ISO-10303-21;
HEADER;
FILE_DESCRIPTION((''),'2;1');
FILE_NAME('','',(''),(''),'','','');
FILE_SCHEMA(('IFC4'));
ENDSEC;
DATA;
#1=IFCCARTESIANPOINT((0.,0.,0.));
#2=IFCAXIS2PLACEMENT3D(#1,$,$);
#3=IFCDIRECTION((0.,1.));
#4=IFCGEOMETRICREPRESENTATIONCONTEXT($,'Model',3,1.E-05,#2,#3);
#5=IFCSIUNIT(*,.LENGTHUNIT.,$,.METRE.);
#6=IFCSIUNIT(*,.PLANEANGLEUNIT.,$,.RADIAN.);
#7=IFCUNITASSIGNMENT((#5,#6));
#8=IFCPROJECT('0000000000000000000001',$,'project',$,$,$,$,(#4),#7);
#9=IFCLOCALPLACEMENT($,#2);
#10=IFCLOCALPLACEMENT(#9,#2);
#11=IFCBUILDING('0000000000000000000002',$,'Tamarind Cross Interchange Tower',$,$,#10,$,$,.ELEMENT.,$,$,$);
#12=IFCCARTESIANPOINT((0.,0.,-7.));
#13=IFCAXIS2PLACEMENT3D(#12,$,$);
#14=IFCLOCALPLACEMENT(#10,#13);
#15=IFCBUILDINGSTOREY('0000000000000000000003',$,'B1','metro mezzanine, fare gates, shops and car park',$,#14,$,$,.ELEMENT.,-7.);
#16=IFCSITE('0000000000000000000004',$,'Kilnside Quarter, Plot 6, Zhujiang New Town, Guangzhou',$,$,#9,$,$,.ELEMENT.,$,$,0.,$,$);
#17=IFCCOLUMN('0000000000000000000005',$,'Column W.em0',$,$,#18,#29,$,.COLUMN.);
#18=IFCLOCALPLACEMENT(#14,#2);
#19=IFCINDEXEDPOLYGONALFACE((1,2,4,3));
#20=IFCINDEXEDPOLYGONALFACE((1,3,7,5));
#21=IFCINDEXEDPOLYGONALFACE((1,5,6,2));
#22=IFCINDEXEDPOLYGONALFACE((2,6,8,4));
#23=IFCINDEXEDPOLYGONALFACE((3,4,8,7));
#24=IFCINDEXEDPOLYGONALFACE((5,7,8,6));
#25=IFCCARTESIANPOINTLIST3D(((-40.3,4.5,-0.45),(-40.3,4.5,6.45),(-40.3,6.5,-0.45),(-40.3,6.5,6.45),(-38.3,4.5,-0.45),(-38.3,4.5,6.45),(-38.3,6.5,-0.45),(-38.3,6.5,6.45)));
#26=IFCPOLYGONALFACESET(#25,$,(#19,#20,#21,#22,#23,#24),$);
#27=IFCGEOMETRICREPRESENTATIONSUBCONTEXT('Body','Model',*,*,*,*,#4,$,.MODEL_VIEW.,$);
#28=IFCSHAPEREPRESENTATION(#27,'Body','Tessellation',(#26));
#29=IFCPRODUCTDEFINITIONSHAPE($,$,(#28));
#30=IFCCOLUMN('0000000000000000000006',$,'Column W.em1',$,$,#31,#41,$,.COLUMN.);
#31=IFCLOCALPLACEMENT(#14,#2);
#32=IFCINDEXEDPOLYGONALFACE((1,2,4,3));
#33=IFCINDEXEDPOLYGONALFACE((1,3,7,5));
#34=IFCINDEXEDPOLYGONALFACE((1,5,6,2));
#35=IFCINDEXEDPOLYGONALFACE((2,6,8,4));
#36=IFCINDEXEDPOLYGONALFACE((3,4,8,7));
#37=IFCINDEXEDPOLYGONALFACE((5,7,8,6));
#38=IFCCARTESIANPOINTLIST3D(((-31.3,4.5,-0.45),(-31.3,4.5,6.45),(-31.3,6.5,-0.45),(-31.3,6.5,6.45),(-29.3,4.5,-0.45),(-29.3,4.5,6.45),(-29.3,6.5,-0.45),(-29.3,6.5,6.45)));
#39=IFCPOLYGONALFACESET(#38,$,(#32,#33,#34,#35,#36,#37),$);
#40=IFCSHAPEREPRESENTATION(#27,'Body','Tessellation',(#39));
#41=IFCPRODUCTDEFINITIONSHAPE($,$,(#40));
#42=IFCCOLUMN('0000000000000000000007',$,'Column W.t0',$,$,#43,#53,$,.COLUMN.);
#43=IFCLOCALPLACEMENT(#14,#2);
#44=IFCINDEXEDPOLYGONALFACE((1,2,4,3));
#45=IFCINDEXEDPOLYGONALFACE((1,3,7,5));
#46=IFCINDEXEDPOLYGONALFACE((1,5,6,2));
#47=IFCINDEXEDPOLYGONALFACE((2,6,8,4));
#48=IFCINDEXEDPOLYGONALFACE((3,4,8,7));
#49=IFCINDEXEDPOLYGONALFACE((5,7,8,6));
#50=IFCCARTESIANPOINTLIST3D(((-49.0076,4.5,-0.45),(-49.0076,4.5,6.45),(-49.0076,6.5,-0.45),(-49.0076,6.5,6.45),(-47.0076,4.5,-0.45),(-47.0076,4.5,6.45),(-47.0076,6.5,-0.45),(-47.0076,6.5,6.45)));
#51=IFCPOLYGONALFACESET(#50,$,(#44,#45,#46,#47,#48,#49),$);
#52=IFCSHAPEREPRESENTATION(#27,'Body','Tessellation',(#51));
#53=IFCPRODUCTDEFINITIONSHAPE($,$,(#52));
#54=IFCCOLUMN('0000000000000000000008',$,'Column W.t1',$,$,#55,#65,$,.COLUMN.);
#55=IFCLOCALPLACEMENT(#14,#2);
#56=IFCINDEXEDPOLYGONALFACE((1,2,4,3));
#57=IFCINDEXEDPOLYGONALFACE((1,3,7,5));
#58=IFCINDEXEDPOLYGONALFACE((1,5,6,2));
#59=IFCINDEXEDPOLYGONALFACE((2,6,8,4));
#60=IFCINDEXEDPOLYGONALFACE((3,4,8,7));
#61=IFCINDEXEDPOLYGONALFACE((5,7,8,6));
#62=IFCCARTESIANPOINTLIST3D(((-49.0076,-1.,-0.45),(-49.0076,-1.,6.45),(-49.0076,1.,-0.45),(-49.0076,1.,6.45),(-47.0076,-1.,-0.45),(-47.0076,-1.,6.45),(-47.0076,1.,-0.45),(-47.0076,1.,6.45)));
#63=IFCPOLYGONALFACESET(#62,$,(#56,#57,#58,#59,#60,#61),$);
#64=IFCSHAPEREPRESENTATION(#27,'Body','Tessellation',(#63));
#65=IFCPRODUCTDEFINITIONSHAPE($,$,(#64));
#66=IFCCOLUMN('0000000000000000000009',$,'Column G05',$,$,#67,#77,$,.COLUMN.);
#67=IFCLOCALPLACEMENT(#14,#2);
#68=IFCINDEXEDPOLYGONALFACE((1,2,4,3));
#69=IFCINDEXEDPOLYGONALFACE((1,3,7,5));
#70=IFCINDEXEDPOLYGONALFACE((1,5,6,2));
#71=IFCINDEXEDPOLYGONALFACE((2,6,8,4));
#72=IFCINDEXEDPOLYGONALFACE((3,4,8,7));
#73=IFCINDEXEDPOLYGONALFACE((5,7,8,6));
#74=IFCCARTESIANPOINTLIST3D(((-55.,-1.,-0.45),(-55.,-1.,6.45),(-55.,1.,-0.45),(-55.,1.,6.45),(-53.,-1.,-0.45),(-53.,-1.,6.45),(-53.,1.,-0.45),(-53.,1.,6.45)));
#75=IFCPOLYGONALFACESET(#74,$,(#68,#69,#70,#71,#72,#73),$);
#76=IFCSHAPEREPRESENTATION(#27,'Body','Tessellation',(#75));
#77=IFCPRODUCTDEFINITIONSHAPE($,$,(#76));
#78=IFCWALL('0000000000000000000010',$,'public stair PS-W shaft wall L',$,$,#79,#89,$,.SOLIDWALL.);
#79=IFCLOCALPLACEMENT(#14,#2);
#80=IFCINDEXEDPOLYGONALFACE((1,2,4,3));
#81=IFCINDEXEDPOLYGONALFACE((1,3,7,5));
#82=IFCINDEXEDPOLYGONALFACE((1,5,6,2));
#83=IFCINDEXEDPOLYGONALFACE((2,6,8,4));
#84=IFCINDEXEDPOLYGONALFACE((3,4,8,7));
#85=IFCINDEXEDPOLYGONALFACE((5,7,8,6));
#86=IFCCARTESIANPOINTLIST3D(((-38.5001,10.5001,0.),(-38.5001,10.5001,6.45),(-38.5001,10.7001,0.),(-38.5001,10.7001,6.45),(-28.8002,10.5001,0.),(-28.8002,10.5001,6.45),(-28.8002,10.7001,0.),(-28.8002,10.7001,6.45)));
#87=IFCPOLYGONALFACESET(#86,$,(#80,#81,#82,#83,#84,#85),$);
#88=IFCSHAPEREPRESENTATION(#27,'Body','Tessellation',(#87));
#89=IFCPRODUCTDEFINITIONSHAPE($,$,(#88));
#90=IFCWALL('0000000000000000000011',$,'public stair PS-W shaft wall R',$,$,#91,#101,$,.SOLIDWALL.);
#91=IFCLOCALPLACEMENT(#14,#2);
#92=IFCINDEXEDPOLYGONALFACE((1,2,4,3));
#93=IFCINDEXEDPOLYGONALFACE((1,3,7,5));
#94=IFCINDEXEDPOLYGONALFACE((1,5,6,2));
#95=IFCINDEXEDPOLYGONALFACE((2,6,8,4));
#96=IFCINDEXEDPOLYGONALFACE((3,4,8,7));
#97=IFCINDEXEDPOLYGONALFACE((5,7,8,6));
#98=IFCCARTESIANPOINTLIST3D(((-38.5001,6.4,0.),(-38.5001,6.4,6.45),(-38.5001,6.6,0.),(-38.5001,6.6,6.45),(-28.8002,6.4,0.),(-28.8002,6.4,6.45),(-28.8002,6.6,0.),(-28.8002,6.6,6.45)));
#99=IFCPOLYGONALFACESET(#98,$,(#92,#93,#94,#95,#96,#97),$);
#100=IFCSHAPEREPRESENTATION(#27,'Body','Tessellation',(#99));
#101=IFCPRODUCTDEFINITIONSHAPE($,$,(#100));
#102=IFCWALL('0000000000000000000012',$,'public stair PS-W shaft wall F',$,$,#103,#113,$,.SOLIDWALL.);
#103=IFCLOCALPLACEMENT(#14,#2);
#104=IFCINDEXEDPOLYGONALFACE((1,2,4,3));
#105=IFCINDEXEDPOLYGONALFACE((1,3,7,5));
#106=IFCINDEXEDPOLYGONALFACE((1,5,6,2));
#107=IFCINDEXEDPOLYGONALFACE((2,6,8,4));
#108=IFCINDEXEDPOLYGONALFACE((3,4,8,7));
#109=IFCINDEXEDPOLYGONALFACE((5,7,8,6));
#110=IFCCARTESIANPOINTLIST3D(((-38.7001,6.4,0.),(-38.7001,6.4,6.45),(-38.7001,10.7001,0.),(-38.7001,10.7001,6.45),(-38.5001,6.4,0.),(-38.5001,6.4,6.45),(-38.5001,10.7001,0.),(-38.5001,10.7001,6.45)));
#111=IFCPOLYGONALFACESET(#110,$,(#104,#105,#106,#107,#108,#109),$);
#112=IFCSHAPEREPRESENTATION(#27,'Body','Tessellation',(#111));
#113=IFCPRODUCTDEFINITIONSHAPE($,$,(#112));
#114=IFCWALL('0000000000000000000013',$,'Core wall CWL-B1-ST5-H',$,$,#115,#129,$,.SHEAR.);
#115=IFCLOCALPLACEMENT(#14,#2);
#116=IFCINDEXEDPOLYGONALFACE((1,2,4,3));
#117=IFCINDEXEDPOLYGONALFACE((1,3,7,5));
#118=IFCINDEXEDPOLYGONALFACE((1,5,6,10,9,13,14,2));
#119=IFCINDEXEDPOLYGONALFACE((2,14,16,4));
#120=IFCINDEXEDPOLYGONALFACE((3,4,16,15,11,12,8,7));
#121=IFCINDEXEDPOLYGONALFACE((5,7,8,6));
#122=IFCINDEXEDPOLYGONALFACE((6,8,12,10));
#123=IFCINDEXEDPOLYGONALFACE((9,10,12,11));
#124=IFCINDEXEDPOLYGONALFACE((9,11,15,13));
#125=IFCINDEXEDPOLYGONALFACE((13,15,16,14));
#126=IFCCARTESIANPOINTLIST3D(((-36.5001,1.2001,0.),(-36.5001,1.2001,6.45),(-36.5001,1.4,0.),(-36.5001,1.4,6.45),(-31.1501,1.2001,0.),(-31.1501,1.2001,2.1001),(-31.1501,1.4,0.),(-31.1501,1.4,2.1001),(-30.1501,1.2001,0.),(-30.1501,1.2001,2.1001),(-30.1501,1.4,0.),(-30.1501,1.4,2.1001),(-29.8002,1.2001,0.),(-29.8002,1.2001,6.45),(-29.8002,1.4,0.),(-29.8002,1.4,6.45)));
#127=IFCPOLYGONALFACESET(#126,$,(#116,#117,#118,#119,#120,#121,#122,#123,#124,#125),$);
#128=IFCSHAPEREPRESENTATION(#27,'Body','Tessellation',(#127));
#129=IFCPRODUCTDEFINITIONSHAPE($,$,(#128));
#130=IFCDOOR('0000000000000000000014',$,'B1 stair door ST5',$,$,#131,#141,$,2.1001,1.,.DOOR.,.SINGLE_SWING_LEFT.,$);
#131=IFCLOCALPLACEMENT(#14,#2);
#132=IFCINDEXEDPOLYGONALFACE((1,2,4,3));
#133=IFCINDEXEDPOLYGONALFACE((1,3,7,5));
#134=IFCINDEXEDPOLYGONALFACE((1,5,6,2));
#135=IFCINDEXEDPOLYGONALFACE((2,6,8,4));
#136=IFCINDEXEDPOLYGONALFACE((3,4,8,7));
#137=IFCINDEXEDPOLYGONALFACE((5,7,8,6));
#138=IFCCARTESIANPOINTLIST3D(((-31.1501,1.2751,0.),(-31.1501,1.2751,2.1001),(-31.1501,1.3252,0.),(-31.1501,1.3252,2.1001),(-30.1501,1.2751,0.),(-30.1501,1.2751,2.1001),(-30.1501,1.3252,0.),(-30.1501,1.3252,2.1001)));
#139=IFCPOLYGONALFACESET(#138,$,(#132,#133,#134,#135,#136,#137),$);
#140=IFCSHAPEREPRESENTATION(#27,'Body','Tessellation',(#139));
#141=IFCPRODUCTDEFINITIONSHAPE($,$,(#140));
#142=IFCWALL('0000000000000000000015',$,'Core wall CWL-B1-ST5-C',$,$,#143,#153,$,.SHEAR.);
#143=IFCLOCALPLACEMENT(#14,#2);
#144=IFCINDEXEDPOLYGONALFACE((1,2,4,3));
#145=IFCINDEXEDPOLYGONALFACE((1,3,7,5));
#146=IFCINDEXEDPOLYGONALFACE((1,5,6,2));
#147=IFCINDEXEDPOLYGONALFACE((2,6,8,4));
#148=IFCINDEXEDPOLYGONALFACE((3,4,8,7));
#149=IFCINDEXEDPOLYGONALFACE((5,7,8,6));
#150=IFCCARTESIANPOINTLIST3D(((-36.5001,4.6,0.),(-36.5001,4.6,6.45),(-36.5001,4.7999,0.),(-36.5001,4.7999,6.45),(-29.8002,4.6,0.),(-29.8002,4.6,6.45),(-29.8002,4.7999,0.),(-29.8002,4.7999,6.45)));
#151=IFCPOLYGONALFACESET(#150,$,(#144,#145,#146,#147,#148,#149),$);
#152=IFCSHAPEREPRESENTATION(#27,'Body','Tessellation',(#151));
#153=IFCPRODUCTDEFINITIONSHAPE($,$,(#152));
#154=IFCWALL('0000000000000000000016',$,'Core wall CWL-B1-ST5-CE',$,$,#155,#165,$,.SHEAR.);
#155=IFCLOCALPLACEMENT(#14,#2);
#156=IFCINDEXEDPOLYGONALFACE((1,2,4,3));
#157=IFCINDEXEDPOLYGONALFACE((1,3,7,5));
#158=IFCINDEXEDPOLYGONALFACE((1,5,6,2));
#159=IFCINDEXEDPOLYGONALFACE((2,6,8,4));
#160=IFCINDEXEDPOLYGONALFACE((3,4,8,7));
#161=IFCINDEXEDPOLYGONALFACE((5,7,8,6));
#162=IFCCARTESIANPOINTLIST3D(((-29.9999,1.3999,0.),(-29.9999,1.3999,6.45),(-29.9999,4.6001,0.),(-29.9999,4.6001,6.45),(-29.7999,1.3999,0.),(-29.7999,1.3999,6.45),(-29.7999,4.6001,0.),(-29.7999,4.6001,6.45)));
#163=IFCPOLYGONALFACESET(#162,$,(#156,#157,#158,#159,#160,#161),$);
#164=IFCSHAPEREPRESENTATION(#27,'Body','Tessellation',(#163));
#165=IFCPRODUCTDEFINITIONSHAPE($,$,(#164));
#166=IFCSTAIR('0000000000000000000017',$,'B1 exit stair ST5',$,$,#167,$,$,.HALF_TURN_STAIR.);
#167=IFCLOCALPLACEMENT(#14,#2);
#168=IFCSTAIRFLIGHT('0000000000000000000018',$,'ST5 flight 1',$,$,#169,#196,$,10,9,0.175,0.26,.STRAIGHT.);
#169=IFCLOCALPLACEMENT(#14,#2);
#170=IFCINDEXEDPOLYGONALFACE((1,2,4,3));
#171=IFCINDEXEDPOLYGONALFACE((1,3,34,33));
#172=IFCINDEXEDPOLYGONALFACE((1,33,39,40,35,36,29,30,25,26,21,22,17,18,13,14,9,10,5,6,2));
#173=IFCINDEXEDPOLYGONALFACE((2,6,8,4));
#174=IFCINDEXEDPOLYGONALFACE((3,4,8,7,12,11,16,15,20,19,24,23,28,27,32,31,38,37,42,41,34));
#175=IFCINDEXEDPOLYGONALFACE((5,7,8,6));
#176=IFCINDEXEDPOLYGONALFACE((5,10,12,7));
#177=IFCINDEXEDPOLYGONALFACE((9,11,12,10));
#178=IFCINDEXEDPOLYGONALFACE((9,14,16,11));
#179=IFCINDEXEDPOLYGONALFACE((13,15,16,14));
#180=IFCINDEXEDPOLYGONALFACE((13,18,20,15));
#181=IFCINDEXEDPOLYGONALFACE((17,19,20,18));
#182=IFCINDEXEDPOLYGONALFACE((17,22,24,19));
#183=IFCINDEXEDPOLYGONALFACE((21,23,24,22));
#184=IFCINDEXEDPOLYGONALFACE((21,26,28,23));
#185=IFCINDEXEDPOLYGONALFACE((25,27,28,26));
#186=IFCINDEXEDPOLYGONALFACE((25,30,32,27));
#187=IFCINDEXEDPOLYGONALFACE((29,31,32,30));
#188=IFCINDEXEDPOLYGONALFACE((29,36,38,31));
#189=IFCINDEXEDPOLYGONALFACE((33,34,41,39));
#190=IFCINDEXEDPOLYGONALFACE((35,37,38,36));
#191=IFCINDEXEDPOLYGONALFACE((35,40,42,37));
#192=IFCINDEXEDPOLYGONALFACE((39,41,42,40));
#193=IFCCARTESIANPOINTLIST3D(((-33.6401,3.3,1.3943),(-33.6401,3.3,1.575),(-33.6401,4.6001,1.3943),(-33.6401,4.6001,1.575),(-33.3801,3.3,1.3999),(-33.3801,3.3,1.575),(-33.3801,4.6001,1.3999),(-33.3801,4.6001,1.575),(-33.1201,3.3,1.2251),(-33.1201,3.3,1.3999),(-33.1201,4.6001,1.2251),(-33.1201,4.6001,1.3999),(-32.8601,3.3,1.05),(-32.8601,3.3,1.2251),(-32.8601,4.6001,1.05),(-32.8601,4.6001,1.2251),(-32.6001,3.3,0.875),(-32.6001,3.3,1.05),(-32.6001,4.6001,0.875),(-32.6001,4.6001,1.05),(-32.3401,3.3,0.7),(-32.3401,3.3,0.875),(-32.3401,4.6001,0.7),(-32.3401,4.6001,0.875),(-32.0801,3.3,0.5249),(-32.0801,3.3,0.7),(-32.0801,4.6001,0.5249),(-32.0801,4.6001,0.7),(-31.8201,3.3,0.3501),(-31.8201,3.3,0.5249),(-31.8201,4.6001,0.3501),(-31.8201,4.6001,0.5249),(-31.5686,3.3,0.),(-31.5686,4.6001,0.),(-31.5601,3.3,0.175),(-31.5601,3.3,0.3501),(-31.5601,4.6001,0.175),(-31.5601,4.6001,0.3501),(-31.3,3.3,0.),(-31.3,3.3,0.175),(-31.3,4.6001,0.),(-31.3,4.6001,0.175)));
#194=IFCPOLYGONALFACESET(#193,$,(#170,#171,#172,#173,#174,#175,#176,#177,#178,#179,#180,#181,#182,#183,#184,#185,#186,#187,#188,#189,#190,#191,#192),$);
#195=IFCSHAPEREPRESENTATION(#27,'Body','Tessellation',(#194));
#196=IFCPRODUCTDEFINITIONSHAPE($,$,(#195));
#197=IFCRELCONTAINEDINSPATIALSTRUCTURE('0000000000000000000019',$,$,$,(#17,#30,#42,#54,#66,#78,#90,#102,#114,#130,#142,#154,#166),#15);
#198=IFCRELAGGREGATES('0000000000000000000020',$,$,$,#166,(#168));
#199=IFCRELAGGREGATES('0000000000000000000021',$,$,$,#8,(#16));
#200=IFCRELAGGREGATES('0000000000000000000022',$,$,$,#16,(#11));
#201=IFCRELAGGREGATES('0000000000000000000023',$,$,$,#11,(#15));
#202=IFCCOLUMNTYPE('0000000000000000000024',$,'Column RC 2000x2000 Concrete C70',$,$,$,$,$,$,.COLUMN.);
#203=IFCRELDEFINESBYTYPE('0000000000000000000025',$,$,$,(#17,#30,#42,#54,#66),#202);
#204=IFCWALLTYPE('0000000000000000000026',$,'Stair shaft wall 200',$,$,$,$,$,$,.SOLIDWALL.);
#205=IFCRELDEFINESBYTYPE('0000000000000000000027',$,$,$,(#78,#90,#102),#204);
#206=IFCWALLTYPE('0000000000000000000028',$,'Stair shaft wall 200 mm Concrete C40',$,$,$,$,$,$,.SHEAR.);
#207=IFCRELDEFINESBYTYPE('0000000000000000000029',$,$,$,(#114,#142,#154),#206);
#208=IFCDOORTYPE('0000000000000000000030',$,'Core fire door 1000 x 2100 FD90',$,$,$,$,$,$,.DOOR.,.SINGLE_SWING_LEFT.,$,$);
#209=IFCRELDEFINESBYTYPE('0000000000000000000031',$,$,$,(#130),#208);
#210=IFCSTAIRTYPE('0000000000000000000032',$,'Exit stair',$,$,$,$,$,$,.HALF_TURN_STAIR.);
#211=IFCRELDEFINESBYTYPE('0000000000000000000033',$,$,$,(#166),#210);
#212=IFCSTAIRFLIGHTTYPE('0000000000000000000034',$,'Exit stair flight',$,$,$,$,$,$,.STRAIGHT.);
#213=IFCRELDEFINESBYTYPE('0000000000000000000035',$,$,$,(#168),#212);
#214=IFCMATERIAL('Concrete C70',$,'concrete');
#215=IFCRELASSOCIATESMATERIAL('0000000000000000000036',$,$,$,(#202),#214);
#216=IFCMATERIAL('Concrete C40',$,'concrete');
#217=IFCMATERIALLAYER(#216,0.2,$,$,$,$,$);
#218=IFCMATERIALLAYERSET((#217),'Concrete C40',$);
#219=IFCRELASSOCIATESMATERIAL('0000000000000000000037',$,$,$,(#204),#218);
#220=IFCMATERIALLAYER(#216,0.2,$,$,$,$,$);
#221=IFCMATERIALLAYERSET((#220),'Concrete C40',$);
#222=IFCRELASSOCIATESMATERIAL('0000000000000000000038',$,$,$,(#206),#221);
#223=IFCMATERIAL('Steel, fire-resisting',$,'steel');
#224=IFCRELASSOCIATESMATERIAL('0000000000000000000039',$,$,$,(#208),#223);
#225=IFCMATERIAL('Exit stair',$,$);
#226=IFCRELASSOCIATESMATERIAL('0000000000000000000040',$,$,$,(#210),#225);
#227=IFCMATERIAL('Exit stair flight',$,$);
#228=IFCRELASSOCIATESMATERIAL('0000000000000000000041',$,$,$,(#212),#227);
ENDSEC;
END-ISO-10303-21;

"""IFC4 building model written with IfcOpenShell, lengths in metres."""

from ifc_helpers import new_model, si_unit, direction, frame, frame_2d, origin, origin_2d, place, context, subcontext, project, spatial, polyline, rectangle, outline, extrude, material, layer, layer_set, material_profile, profile_set, type_object, element, fill, aggregate, save


model = new_model("IFC4")

# Units and contexts
model_context = context("Model", 3, precision=1e-05, world=origin(), true_north=direction((0.0, 1.0)))
body_context = subcontext(model_context, "Body", "Model", "MODEL_VIEW")
ifc_project = project(units=[si_unit("LENGTHUNIT", "METRE"), si_unit("PLANEANGLEUNIT", "RADIAN")], contexts=[model_context])

# Site, building, storey
site_placement = place(None, origin())
site = spatial("IfcSite", under=ifc_project, at=site_placement, Name="Kilnside Quarter, Plot 6, Zhujiang New Town, Guangzhou", CompositionType="ELEMENT", RefElevation=0.0)
building_placement = place(site_placement, origin())
building = spatial("IfcBuilding", under=site, at=building_placement, Name="Tamarind Cross Interchange Tower", CompositionType="ELEMENT")
storey_placement = place(building_placement, frame((0.0, 0.0, -7.0)))
storey = spatial("IfcBuildingStorey", under=building, at=storey_placement, Name="B1", Description="metro mezzanine, fare gates, shops and car park", CompositionType="ELEMENT", Elevation=-7.0)

# Columns
ifc_material_1 = material(Name="Concrete C70", Category="concrete")
ifc_material_profile = material_profile(ifc_material_1, rectangle(XDim=2.0, YDim=2.0, at=origin_2d()), Name="RC 2000x2000")
ifc_profile_set = profile_set([ifc_material_profile], Name="Concrete C70")
column_type = type_object("IfcColumnType", Name="Column RC 2000x2000 Concrete C70", PredefinedType="COLUMN", material=ifc_profile_set)
for number, where, z_axis, x_axis, name in (
    (1, (-39.3, 5.5, -0.45), (0.0, 0.0, 1.0), (1.0, 0.0, 0.0), "Column W.em0"),
    (2, (-30.3, 5.5, -0.45), (0.0, 0.0, 1.0), (1.0, 0.0, 0.0), "Column W.em1"),
    (3, (-48.0076, 5.5, -0.45), (0.0, 0.0, 1.0), (1.0, 0.0, 0.0), "Column W.t0"),
    (4, (-48.0076, 0.0, -0.45), (0.0, 0.0, 1.0), (1.0, 0.0, 0.0), "Column W.t1"),
    (5, (-54.0, 0.0, -0.45), (0.0, 0.0, 1.0), (1.0, 0.0, 0.0), "Column G05"),
):
    element("IfcColumn", number, at=place(storey_placement, frame(where, z_axis=z_axis, x_axis=x_axis)), inside=storey, type_object=column_type, Name=name, PredefinedType="COLUMN", context=body_context, shape_type="SweptSolid", body=[
        extrude(rectangle(XDim=2.0, YDim=2.0, at=origin_2d()), origin(), (0.0, 0.0, 1.0), 6.8999),
    ])

# Walls
ifc_material_2 = material(Name="Concrete C40", Category="concrete")
ifc_layer_1 = layer(ifc_material_2, 0.2)
ifc_layer_set_1 = layer_set([ifc_layer_1], Name="Concrete C40")
wall_type_1 = type_object("IfcWallType", Name="Stair shaft wall 200", PredefinedType="SOLIDWALL", material=ifc_layer_set_1)
for number, where, z_axis, x_axis, name in (
    (6, (-28.8, 10.6001, 0.0), (0.0, 0.0, 1.0), (-1.0, 0.0, 0.0), "public stair PS-W shaft wall L"),
    (7, (-28.8, 6.5, 0.0), (0.0, 0.0, 1.0), (-1.0, 0.0, 0.0), "public stair PS-W shaft wall R"),
):
    element("IfcWall", number, at=place(storey_placement, frame(where, z_axis=z_axis, x_axis=x_axis)), inside=storey, type_object=wall_type_1, Name=name, PredefinedType="SOLIDWALL", context=body_context, shape_type="SweptSolid", body=[
        extrude(rectangle(XDim=9.7, YDim=0.2, at=frame_2d((4.8501, 0.0))), origin(), (0.0, 0.0, 1.0), 6.45),
    ])
wall_1_placement = place(storey_placement, frame((-38.6001, 10.7, 0.0), z_axis=(0.0, 0.0, 1.0), x_axis=(0.0, -1.0, 0.0)))
element("IfcWall", 8, at=wall_1_placement, inside=storey, type_object=wall_type_1, Name="public stair PS-W shaft wall F", PredefinedType="SOLIDWALL", context=body_context, shape_type="SweptSolid", body=[
    extrude(rectangle(XDim=4.3, YDim=0.2, at=frame_2d((2.1499, 0.0))), origin(), (0.0, 0.0, 1.0), 6.45),
])

# Wall, opening, door
ifc_layer_2 = layer(ifc_material_2, 0.2)
ifc_layer_set_2 = layer_set([ifc_layer_2], Name="Concrete C40")
wall_type_2 = type_object("IfcWallType", Name="Stair shaft wall 200 mm Concrete C40", PredefinedType="SHEAR", material=ifc_layer_set_2)
wall_2_placement = place(storey_placement, frame((-29.8, 1.3, 0.0), z_axis=(0.0, 0.0, 1.0), x_axis=(-1.0, 0.0, 0.0)))
wall_2 = element("IfcWall", 9, at=wall_2_placement, inside=storey, type_object=wall_type_2, Name="Core wall CWL-B1-ST5-H", PredefinedType="SHEAR", context=body_context, shape_type="SweptSolid", body=[
    extrude(rectangle(XDim=6.7, YDim=0.2, at=frame_2d((3.3501, 0.0))), origin(), (0.0, 0.0, 1.0), 6.45),
])
opening_placement = place(wall_2_placement, frame((0.3501, 0.0, 0.0)))
opening = element("IfcOpeningElement", 10, at=opening_placement, cuts=wall_2, PredefinedType="OPENING", context=body_context, shape_type="SweptSolid", body=[
    extrude(rectangle(XDim=1.0, YDim=2.1001, at=frame_2d((0.5, 1.05))), frame((0.0, 0.1099, 0.0), z_axis=(0.0, -1.0, 0.0), x_axis=(1.0, 0.0, 0.0)), (0.0, 0.0, 1.0), 0.22),
])
ifc_material_3 = material(Name="Steel, fire-resisting", Category="steel")
door_type = type_object("IfcDoorType", Name="Core fire door 1000 x 2100 FD90", OperationType="SINGLE_SWING_LEFT", PredefinedType="DOOR", material=ifc_material_3)
door_placement = place(opening_placement, origin())
door = element("IfcDoor", 11, at=door_placement, inside=storey, type_object=door_type, Name="B1 stair door ST5", OperationType="SINGLE_SWING_LEFT", OverallHeight=2.1001, OverallWidth=1.0, PredefinedType="DOOR", context=body_context, shape_type="SweptSolid", body=[
    extrude(rectangle(XDim=1.0, YDim=2.1001, at=frame_2d((0.5, 1.05))), frame((0.0, 0.0249, 0.0), z_axis=(0.0, -1.0, 0.0), x_axis=(1.0, 0.0, 0.0)), (0.0, 0.0, 1.0), 0.05),
])
fill(opening, door)

# Walls
wall_3_placement = place(storey_placement, frame((-29.8, 4.7, 0.0), z_axis=(0.0, 0.0, 1.0), x_axis=(-1.0, 0.0, 0.0)))
element("IfcWall", 12, at=wall_3_placement, inside=storey, type_object=wall_type_2, Name="Core wall CWL-B1-ST5-C", PredefinedType="SHEAR", context=body_context, shape_type="SweptSolid", body=[
    extrude(rectangle(XDim=6.7, YDim=0.2, at=frame_2d((3.3501, 0.0))), origin(), (0.0, 0.0, 1.0), 6.45),
])
wall_4_placement = place(storey_placement, frame((-29.8999, 4.6001, 0.0), z_axis=(0.0, 0.0, 1.0), x_axis=(0.0, -1.0, 0.0)))
element("IfcWall", 13, at=wall_4_placement, inside=storey, type_object=wall_type_2, Name="Core wall CWL-B1-ST5-CE", PredefinedType="SHEAR", context=body_context, shape_type="SweptSolid", body=[
    extrude(rectangle(XDim=3.2002, YDim=0.2, at=frame_2d((1.6001, 0.0))), origin(), (0.0, 0.0, 1.0), 6.45),
])

# Stair, stair flight
ifc_material_4 = material(Name="Exit stair")
stair_type_1 = type_object("IfcStairType", Name="Exit stair", PredefinedType="HALF_TURN_STAIR", material=ifc_material_4)
stair_1_placement = place(storey_placement, origin())
stair_1 = element("IfcStair", 14, at=stair_1_placement, inside=storey, type_object=stair_type_1, Name="B1 exit stair ST5", PredefinedType="HALF_TURN_STAIR")
ifc_material_5 = material(Name="Exit stair flight")
stair_flight_type_1 = type_object("IfcStairFlightType", Name="Exit stair flight", PredefinedType="STRAIGHT", material=ifc_material_5)
stair_flight_1_placement = place(storey_placement, frame((-31.3, 3.95, 0.0), z_axis=(0.0, 0.0, 1.0), x_axis=(-1.0, 0.0, 0.0)))
stair_flight_1 = element("IfcStairFlight", 15, at=stair_flight_1_placement, type_object=stair_flight_type_1, Name="ST5 flight 1", NumberOfRisers=10, NumberOfTreads=9, PredefinedType="STRAIGHT", RiserHeight=0.175, TreadLength=0.26, context=body_context, shape_type="SweptSolid", body=[
    extrude(outline(polyline([(0.0, 0.0), (0.0, 0.175), (0.26, 0.175), (0.26, 0.3501), (0.52, 0.3501), (0.52, 0.5249), (0.78, 0.5249), (0.78, 0.7), (1.04, 0.7), (1.04, 0.875), (1.3, 0.875), (1.3, 1.05), (1.5601, 1.05), (1.5601, 1.2251), (1.8201, 1.2251), (1.8201, 1.3999), (2.0801, 1.3999), (2.0801, 1.575), (2.3401, 1.575), (2.3401, 1.75), (2.3401, 1.3943), (0.2686, 0.0), (0.0, 0.0)])), frame((0.0, 0.6499, 0.0), z_axis=(0.0, -1.0, 0.0), x_axis=(1.0, 0.0, 0.0)), (0.0, 0.0, 1.0), 1.3),
])
aggregate(stair_1, [stair_flight_1])

save(model, "model.ifc")
